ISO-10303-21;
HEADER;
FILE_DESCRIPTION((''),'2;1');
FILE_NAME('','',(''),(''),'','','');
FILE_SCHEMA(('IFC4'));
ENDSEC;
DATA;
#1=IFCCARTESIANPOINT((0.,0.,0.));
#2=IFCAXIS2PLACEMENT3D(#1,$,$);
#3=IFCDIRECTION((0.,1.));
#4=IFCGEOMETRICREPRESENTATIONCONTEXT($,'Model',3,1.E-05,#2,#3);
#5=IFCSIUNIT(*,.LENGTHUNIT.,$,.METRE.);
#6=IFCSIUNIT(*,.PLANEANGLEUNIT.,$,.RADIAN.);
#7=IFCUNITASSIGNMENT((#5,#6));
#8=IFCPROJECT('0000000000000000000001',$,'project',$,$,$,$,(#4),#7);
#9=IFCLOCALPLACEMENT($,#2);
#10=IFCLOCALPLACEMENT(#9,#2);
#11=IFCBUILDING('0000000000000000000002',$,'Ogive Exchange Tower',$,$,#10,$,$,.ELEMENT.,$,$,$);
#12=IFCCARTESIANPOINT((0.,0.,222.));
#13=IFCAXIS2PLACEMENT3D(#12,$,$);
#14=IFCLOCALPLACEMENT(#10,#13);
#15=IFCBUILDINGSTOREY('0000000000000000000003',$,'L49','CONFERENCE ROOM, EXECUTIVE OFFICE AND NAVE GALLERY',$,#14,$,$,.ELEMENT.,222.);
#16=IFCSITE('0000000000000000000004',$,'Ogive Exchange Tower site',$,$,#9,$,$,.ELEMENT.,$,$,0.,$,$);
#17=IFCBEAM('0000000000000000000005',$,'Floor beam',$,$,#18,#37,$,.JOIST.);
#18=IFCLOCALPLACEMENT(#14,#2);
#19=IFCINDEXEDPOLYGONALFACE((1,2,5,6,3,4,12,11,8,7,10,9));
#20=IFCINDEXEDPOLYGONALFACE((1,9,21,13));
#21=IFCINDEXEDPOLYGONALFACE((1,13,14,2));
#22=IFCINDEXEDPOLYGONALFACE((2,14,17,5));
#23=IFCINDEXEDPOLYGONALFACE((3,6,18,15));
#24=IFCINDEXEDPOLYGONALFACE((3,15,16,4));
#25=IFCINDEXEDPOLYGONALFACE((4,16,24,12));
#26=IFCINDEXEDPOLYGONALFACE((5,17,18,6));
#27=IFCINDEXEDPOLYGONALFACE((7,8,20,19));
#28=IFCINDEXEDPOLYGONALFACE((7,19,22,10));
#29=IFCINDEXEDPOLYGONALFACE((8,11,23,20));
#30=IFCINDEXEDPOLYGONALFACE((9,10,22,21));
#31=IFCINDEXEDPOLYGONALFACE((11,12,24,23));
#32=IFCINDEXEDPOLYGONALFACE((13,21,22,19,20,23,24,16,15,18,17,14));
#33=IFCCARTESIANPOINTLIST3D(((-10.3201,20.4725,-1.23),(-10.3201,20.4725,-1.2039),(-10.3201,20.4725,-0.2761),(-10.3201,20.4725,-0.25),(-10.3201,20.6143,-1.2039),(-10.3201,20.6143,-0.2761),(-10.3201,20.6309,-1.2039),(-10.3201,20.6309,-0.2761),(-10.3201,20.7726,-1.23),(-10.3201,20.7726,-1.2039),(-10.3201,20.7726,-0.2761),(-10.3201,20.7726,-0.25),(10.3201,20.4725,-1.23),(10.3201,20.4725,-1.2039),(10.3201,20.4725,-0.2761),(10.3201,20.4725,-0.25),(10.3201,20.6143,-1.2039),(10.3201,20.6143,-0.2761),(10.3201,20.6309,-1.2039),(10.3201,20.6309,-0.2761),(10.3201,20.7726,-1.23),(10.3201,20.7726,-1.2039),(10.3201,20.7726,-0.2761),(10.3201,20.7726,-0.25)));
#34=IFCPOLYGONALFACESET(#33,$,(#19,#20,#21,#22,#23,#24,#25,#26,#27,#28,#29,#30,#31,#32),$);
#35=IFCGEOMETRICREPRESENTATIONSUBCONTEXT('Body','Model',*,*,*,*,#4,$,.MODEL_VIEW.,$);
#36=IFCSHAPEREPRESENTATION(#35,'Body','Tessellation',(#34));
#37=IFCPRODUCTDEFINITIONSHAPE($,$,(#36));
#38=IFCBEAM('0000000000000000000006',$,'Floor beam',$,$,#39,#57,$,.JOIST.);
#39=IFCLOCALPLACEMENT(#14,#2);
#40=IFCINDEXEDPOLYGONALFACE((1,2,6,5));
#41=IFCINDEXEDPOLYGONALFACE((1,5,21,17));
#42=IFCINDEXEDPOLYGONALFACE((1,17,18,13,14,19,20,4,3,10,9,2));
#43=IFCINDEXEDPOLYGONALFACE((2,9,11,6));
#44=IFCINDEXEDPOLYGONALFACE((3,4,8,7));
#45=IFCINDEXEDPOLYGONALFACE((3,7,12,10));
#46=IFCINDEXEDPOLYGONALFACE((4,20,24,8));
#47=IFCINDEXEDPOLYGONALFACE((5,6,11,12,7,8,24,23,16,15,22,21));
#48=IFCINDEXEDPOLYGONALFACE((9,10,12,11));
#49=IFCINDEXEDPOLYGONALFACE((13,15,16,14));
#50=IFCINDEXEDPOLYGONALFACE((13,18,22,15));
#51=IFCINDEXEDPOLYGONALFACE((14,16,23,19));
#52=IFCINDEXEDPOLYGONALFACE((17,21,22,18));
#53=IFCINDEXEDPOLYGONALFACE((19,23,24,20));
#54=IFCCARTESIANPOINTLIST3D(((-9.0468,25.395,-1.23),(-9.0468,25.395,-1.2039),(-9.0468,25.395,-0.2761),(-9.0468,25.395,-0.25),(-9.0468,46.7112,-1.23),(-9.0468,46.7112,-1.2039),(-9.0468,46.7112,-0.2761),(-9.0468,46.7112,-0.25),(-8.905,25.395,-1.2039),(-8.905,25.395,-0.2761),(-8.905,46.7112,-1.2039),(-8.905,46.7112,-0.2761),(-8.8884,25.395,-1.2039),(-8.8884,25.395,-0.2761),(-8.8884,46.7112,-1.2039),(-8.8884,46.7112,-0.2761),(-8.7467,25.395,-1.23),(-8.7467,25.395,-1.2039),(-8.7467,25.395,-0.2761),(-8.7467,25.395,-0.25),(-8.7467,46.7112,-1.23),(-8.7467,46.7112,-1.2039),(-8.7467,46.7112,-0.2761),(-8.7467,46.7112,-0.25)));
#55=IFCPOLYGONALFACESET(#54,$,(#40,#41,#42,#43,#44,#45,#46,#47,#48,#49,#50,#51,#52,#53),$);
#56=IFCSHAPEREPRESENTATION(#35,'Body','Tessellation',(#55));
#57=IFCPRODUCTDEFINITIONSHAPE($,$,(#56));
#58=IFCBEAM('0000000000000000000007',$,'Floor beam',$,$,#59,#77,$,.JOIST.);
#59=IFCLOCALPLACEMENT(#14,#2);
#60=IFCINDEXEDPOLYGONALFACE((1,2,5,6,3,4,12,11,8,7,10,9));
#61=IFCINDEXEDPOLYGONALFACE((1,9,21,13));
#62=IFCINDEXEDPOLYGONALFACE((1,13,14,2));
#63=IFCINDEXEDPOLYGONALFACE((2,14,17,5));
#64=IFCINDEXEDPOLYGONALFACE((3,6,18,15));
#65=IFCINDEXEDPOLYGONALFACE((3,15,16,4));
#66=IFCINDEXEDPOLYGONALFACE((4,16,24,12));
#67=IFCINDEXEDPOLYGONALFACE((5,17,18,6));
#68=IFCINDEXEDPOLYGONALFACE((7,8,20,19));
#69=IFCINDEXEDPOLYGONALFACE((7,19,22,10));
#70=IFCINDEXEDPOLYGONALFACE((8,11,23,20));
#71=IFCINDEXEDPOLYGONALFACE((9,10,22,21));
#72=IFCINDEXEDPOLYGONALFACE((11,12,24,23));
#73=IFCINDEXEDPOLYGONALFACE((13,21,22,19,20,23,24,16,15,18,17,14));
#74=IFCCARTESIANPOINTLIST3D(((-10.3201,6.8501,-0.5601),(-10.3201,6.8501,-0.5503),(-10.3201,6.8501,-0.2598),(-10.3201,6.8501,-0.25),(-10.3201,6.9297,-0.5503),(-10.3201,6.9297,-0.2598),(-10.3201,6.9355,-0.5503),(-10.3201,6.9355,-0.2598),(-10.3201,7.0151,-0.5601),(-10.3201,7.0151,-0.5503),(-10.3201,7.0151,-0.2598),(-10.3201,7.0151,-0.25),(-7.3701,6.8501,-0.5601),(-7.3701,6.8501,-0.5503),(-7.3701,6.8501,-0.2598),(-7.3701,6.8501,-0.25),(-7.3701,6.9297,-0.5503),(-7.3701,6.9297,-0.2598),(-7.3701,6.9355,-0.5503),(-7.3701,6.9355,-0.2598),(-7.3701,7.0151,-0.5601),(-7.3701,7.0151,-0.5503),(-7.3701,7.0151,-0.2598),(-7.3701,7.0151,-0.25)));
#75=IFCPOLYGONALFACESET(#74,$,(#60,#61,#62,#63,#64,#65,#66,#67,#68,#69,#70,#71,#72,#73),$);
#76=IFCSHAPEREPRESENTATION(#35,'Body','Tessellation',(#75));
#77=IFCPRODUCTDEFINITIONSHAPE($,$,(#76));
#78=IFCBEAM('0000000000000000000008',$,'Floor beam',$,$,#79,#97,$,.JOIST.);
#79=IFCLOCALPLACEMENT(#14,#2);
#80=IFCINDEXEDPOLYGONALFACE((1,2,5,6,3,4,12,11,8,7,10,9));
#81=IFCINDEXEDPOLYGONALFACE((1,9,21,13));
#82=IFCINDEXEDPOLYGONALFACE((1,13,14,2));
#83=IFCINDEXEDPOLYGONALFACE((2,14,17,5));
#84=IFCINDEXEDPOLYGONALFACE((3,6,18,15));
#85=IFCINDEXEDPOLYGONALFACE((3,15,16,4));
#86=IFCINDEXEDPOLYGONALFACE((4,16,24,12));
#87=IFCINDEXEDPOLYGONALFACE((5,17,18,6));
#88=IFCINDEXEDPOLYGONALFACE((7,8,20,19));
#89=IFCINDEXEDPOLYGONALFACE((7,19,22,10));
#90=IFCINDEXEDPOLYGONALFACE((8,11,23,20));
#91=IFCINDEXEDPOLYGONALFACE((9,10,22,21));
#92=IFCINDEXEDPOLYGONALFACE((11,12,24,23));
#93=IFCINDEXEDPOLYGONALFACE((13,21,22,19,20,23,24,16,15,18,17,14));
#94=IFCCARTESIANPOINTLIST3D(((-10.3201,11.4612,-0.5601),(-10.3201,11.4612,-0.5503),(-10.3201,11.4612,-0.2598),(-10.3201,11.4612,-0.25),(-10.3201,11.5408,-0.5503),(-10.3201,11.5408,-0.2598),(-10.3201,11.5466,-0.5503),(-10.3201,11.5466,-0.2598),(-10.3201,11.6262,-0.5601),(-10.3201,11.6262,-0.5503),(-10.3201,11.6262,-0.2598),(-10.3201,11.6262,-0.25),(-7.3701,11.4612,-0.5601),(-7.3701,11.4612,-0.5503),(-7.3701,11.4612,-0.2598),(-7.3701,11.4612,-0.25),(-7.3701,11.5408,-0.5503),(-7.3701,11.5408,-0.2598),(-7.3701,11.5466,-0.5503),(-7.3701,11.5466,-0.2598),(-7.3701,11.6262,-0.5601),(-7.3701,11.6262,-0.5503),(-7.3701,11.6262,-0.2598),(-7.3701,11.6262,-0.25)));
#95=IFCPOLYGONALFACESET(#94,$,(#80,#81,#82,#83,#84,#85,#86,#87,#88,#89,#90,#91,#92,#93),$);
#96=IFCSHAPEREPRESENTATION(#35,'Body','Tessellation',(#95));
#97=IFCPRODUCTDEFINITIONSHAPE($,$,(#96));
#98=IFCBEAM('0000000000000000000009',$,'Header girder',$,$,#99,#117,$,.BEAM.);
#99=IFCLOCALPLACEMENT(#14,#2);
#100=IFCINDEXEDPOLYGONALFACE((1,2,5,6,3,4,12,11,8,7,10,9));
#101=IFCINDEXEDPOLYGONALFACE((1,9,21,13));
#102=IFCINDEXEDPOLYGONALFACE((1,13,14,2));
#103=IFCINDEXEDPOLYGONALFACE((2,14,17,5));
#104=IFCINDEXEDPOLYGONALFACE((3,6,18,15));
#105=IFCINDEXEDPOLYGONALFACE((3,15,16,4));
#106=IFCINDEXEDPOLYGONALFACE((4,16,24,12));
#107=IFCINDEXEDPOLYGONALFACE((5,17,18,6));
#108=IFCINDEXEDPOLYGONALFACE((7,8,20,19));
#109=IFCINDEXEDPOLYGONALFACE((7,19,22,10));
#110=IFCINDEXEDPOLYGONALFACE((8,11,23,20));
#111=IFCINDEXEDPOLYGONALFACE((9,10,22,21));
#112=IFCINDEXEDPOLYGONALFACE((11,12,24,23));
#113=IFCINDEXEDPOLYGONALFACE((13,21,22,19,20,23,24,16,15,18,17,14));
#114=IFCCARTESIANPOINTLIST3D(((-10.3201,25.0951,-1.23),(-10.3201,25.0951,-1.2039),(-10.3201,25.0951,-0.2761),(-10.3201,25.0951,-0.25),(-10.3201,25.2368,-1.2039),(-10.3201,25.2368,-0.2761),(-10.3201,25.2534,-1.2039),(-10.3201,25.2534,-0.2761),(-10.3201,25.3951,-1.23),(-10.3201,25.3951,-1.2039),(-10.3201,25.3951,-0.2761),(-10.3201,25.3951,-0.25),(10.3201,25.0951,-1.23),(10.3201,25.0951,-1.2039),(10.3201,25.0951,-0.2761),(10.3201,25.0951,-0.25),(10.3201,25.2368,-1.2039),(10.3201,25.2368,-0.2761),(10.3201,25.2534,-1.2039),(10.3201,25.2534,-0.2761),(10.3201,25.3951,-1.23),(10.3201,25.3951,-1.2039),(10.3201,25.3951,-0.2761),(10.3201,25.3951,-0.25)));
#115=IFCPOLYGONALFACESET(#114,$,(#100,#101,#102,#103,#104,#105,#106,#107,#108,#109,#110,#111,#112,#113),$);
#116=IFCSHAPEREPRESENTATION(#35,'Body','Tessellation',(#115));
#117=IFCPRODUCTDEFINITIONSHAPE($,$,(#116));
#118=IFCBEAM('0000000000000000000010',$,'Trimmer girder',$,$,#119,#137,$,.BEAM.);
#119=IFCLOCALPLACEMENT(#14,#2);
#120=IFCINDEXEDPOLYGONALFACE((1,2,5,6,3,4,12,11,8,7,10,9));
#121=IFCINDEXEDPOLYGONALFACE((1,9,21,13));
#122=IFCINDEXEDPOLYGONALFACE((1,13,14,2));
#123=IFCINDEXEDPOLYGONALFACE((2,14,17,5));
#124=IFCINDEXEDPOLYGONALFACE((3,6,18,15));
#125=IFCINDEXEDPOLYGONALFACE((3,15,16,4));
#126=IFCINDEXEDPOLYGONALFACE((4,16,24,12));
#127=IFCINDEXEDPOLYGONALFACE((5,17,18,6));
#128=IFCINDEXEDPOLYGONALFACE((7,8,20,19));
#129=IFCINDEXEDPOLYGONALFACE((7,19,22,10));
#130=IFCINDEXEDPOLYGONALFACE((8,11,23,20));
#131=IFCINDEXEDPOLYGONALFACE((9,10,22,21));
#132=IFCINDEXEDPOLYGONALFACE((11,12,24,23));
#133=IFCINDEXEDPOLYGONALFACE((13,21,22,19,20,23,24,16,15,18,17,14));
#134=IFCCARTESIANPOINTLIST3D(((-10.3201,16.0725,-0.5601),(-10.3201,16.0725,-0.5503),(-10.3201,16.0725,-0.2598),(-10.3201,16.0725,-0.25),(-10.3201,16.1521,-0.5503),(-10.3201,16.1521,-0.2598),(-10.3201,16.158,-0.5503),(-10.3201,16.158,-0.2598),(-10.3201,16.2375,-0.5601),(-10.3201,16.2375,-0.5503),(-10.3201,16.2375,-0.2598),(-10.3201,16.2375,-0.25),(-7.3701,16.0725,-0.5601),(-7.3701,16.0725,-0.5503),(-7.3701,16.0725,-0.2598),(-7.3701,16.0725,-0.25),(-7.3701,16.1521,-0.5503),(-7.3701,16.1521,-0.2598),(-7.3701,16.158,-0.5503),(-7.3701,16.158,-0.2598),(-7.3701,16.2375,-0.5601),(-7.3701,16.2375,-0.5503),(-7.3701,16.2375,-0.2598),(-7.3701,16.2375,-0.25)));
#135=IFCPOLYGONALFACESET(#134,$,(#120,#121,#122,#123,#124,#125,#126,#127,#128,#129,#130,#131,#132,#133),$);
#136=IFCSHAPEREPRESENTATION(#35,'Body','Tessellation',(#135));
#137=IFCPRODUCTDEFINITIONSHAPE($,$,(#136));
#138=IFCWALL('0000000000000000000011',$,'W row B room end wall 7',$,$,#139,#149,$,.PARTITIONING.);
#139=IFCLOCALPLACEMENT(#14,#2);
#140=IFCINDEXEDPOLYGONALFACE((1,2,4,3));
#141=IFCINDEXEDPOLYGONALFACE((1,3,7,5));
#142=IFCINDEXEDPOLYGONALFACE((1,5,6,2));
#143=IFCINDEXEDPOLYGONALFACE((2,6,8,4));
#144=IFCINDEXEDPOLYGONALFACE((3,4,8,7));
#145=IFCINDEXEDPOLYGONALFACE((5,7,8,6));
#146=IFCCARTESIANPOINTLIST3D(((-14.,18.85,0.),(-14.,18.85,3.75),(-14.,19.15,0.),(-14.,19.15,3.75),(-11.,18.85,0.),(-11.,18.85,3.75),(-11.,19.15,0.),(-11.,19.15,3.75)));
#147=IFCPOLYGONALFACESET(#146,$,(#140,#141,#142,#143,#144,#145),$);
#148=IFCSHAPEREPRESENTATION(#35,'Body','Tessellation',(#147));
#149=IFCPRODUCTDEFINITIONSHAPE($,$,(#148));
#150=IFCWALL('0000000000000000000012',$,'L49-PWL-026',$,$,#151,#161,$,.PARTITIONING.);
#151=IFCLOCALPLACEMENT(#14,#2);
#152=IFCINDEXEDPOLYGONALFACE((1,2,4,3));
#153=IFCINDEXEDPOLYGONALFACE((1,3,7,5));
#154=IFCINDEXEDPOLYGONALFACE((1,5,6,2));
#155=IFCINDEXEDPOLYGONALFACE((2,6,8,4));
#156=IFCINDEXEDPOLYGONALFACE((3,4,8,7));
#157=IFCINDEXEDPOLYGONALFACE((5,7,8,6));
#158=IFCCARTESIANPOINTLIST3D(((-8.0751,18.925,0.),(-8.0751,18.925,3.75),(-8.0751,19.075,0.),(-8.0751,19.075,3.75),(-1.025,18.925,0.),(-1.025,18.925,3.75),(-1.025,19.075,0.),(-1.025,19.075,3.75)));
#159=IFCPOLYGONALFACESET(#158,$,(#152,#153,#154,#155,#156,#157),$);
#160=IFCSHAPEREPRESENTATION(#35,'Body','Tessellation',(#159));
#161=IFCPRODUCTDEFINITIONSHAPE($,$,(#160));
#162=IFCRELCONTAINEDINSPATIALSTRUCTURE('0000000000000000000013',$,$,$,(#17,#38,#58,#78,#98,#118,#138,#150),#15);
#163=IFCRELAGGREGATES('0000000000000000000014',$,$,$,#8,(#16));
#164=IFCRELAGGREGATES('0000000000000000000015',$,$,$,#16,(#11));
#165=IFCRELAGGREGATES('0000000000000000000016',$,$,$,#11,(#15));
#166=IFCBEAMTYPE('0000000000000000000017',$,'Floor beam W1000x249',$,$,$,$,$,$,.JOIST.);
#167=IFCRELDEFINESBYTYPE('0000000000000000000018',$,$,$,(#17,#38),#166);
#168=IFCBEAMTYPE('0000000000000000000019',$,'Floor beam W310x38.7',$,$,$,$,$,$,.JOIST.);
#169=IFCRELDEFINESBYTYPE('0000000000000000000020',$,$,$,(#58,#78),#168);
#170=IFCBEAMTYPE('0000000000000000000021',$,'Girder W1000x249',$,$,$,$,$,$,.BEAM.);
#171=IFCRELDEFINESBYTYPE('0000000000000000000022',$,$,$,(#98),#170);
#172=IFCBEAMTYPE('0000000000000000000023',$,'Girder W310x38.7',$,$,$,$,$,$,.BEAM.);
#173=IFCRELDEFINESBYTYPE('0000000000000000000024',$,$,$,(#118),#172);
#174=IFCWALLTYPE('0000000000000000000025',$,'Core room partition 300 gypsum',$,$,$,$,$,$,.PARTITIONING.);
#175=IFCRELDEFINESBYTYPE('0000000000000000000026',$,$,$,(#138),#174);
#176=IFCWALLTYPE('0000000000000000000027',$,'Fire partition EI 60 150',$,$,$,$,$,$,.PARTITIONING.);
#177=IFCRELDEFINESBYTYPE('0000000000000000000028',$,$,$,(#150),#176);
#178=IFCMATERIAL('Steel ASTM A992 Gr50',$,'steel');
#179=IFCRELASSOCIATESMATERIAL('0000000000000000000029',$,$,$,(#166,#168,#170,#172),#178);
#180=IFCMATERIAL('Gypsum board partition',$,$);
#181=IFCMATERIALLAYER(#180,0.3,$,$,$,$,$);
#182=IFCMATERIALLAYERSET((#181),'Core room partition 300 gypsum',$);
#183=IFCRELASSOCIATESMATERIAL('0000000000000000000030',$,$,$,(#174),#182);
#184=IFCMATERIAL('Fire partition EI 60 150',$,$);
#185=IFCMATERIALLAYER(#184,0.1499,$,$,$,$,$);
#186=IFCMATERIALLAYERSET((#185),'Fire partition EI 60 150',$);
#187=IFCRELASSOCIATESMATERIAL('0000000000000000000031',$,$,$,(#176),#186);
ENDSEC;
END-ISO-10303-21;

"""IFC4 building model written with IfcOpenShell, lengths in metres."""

from ifc_helpers import new_model, si_unit, direction, frame, frame_2d, origin, origin_2d, place, context, subcontext, project, spatial, rectangle, i_section, extrude, material, layer, layer_set, material_profile, profile_set, type_object, element, save


model = new_model("IFC4")

# Units and contexts
model_context = context("Model", 3, precision=1e-05, world=origin(), true_north=direction((0.0, 1.0)))
body_context = subcontext(model_context, "Body", "Model", "MODEL_VIEW")
ifc_project = project(units=[si_unit("LENGTHUNIT", "METRE"), si_unit("PLANEANGLEUNIT", "RADIAN")], contexts=[model_context])

# Site, building, storey
site_placement = place(None, origin())
site = spatial("IfcSite", under=ifc_project, at=site_placement, Name="Ogive Exchange Tower site", CompositionType="ELEMENT", RefElevation=0.0)
building_placement = place(site_placement, origin())
building = spatial("IfcBuilding", under=site, at=building_placement, Name="Ogive Exchange Tower", CompositionType="ELEMENT")
storey_placement = place(building_placement, frame((0.0, 0.0, 222.0)))
storey = spatial("IfcBuildingStorey", under=building, at=storey_placement, Name="L49", Description="CONFERENCE ROOM, EXECUTIVE OFFICE AND NAVE GALLERY", CompositionType="ELEMENT", Elevation=222.0)

# Beams
ifc_material_1 = material(Name="Steel ASTM A992 Gr50", Category="steel")
ifc_material_profile_1 = material_profile(ifc_material_1, i_section(OverallWidth=0.3, OverallDepth=0.98, WebThickness=0.0166, FlangeThickness=0.0261, at=origin_2d()), Name="W1000x249")
ifc_profile_set_1 = profile_set([ifc_material_profile_1], Name="Steel ASTM A992 Gr50")
beam_type_1 = type_object("IfcBeamType", Name="Floor beam W1000x249", PredefinedType="JOIST", material=ifc_profile_set_1)
beam_1_placement = place(storey_placement, frame((-10.3201, 20.6226, -0.74), z_axis=(1.0, 0.0, 0.0), x_axis=(0.0, 1.0, 0.0)))
element("IfcBeam", 1, at=beam_1_placement, inside=storey, type_object=beam_type_1, Name="Floor beam", PredefinedType="JOIST", context=body_context, shape_type="SweptSolid", body=[
    extrude(i_section(OverallWidth=0.3, OverallDepth=0.98, WebThickness=0.0166, FlangeThickness=0.0261, at=origin_2d()), origin(), (0.0, 0.0, 1.0), 20.6401),
])
beam_2_placement = place(storey_placement, frame((-8.8967, 25.395, -0.74), z_axis=(0.0, 1.0, 0.0), x_axis=(-1.0, 0.0, 0.0)))
element("IfcBeam", 2, at=beam_2_placement, inside=storey, type_object=beam_type_1, Name="Floor beam", PredefinedType="JOIST", context=body_context, shape_type="SweptSolid", body=[
    extrude(i_section(OverallWidth=0.3, OverallDepth=0.98, WebThickness=0.0166, FlangeThickness=0.0261, at=origin_2d()), origin(), (0.0, 0.0, 1.0), 21.3162),
])
ifc_material_profile_2 = material_profile(ifc_material_1, i_section(OverallWidth=0.165, OverallDepth=0.3101, WebThickness=0.0059, FlangeThickness=0.0098, at=origin_2d()), Name="W310x38.7")
ifc_profile_set_2 = profile_set([ifc_material_profile_2], Name="Steel ASTM A992 Gr50")
beam_type_2 = type_object("IfcBeamType", Name="Floor beam W310x38.7", PredefinedType="JOIST", material=ifc_profile_set_2)
for number, where, z_axis, x_axis, name in (
    (3, (-10.3201, 6.9326, -0.405), (1.0, 0.0, 0.0), (0.0, 1.0, 0.0), "Floor beam"),
    (4, (-10.3201, 11.5437, -0.405), (1.0, 0.0, 0.0), (0.0, 1.0, 0.0), "Floor beam"),
):
    element("IfcBeam", number, at=place(storey_placement, frame(where, z_axis=z_axis, x_axis=x_axis)), inside=storey, type_object=beam_type_2, Name=name, PredefinedType="JOIST", context=body_context, shape_type="SweptSolid", body=[
        extrude(i_section(OverallWidth=0.165, OverallDepth=0.3101, WebThickness=0.0059, FlangeThickness=0.0098, at=origin_2d()), origin(), (0.0, 0.0, 1.0), 2.95),
    ])
ifc_material_profile_3 = material_profile(ifc_material_1, i_section(OverallWidth=0.3, OverallDepth=0.98, WebThickness=0.0166, FlangeThickness=0.0261, at=origin_2d()), Name="W1000x249")
ifc_profile_set_3 = profile_set([ifc_material_profile_3], Name="Steel ASTM A992 Gr50")
beam_type_3 = type_object("IfcBeamType", Name="Girder W1000x249", PredefinedType="BEAM", material=ifc_profile_set_3)
beam_3_placement = place(storey_placement, frame((-10.3201, 25.2451, -0.74), z_axis=(1.0, 0.0, 0.0), x_axis=(0.0, 1.0, 0.0)))
element("IfcBeam", 5, at=beam_3_placement, inside=storey, type_object=beam_type_3, Name="Header girder", PredefinedType="BEAM", context=body_context, shape_type="SweptSolid", body=[
    extrude(i_section(OverallWidth=0.3, OverallDepth=0.98, WebThickness=0.0166, FlangeThickness=0.0261, at=origin_2d()), origin(), (0.0, 0.0, 1.0), 20.6401),
])
ifc_material_profile_4 = material_profile(ifc_material_1, i_section(OverallWidth=0.165, OverallDepth=0.3101, WebThickness=0.0059, FlangeThickness=0.0098, at=origin_2d()), Name="W310x38.7")
ifc_profile_set_4 = profile_set([ifc_material_profile_4], Name="Steel ASTM A992 Gr50")
beam_type_4 = type_object("IfcBeamType", Name="Girder W310x38.7", PredefinedType="BEAM", material=ifc_profile_set_4)
beam_4_placement = place(storey_placement, frame((-10.3201, 16.155, -0.405), z_axis=(1.0, 0.0, 0.0), x_axis=(0.0, 1.0, 0.0)))
element("IfcBeam", 6, at=beam_4_placement, inside=storey, type_object=beam_type_4, Name="Trimmer girder", PredefinedType="BEAM", context=body_context, shape_type="SweptSolid", body=[
    extrude(i_section(OverallWidth=0.165, OverallDepth=0.3101, WebThickness=0.0059, FlangeThickness=0.0098, at=origin_2d()), origin(), (0.0, 0.0, 1.0), 2.95),
])

# Walls
ifc_material_2 = material(Name="Gypsum board partition")
ifc_layer_1 = layer(ifc_material_2, 0.3)
ifc_layer_set_1 = layer_set([ifc_layer_1], Name="Core room partition 300 gypsum")
wall_type_1 = type_object("IfcWallType", Name="Core room partition 300 gypsum", PredefinedType="PARTITIONING", material=ifc_layer_set_1)
wall_1_placement = place(storey_placement, frame((-14.0, 19.0, 0.0), z_axis=(0.0, 0.0, 1.0), x_axis=(1.0, 0.0, 0.0)))
element("IfcWall", 7, at=wall_1_placement, inside=storey, type_object=wall_type_1, Name="W row B room end wall 7", PredefinedType="PARTITIONING", context=body_context, shape_type="SweptSolid", body=[
    extrude(rectangle(XDim=3.0, YDim=0.3, at=frame_2d((1.5, 0.0))), origin(), (0.0, 0.0, 1.0), 3.75),
])
ifc_material_3 = material(Name="Fire partition EI 60 150")
ifc_layer_2 = layer(ifc_material_3, 0.1499)
ifc_layer_set_2 = layer_set([ifc_layer_2], Name="Fire partition EI 60 150")
wall_type_2 = type_object("IfcWallType", Name="Fire partition EI 60 150", PredefinedType="PARTITIONING", material=ifc_layer_set_2)
wall_2_placement = place(storey_placement, frame((-8.075, 19.0, 0.0), z_axis=(0.0, 0.0, 1.0), x_axis=(1.0, 0.0, 0.0)))
element("IfcWall", 8, at=wall_2_placement, inside=storey, type_object=wall_type_2, Name="L49-PWL-026", PredefinedType="PARTITIONING", context=body_context, shape_type="SweptSolid", body=[
    extrude(rectangle(XDim=7.05, YDim=0.1499, at=frame_2d((3.5249, 0.0))), origin(), (0.0, 0.0, 1.0), 3.75),
])

save(model, "model.ifc")
